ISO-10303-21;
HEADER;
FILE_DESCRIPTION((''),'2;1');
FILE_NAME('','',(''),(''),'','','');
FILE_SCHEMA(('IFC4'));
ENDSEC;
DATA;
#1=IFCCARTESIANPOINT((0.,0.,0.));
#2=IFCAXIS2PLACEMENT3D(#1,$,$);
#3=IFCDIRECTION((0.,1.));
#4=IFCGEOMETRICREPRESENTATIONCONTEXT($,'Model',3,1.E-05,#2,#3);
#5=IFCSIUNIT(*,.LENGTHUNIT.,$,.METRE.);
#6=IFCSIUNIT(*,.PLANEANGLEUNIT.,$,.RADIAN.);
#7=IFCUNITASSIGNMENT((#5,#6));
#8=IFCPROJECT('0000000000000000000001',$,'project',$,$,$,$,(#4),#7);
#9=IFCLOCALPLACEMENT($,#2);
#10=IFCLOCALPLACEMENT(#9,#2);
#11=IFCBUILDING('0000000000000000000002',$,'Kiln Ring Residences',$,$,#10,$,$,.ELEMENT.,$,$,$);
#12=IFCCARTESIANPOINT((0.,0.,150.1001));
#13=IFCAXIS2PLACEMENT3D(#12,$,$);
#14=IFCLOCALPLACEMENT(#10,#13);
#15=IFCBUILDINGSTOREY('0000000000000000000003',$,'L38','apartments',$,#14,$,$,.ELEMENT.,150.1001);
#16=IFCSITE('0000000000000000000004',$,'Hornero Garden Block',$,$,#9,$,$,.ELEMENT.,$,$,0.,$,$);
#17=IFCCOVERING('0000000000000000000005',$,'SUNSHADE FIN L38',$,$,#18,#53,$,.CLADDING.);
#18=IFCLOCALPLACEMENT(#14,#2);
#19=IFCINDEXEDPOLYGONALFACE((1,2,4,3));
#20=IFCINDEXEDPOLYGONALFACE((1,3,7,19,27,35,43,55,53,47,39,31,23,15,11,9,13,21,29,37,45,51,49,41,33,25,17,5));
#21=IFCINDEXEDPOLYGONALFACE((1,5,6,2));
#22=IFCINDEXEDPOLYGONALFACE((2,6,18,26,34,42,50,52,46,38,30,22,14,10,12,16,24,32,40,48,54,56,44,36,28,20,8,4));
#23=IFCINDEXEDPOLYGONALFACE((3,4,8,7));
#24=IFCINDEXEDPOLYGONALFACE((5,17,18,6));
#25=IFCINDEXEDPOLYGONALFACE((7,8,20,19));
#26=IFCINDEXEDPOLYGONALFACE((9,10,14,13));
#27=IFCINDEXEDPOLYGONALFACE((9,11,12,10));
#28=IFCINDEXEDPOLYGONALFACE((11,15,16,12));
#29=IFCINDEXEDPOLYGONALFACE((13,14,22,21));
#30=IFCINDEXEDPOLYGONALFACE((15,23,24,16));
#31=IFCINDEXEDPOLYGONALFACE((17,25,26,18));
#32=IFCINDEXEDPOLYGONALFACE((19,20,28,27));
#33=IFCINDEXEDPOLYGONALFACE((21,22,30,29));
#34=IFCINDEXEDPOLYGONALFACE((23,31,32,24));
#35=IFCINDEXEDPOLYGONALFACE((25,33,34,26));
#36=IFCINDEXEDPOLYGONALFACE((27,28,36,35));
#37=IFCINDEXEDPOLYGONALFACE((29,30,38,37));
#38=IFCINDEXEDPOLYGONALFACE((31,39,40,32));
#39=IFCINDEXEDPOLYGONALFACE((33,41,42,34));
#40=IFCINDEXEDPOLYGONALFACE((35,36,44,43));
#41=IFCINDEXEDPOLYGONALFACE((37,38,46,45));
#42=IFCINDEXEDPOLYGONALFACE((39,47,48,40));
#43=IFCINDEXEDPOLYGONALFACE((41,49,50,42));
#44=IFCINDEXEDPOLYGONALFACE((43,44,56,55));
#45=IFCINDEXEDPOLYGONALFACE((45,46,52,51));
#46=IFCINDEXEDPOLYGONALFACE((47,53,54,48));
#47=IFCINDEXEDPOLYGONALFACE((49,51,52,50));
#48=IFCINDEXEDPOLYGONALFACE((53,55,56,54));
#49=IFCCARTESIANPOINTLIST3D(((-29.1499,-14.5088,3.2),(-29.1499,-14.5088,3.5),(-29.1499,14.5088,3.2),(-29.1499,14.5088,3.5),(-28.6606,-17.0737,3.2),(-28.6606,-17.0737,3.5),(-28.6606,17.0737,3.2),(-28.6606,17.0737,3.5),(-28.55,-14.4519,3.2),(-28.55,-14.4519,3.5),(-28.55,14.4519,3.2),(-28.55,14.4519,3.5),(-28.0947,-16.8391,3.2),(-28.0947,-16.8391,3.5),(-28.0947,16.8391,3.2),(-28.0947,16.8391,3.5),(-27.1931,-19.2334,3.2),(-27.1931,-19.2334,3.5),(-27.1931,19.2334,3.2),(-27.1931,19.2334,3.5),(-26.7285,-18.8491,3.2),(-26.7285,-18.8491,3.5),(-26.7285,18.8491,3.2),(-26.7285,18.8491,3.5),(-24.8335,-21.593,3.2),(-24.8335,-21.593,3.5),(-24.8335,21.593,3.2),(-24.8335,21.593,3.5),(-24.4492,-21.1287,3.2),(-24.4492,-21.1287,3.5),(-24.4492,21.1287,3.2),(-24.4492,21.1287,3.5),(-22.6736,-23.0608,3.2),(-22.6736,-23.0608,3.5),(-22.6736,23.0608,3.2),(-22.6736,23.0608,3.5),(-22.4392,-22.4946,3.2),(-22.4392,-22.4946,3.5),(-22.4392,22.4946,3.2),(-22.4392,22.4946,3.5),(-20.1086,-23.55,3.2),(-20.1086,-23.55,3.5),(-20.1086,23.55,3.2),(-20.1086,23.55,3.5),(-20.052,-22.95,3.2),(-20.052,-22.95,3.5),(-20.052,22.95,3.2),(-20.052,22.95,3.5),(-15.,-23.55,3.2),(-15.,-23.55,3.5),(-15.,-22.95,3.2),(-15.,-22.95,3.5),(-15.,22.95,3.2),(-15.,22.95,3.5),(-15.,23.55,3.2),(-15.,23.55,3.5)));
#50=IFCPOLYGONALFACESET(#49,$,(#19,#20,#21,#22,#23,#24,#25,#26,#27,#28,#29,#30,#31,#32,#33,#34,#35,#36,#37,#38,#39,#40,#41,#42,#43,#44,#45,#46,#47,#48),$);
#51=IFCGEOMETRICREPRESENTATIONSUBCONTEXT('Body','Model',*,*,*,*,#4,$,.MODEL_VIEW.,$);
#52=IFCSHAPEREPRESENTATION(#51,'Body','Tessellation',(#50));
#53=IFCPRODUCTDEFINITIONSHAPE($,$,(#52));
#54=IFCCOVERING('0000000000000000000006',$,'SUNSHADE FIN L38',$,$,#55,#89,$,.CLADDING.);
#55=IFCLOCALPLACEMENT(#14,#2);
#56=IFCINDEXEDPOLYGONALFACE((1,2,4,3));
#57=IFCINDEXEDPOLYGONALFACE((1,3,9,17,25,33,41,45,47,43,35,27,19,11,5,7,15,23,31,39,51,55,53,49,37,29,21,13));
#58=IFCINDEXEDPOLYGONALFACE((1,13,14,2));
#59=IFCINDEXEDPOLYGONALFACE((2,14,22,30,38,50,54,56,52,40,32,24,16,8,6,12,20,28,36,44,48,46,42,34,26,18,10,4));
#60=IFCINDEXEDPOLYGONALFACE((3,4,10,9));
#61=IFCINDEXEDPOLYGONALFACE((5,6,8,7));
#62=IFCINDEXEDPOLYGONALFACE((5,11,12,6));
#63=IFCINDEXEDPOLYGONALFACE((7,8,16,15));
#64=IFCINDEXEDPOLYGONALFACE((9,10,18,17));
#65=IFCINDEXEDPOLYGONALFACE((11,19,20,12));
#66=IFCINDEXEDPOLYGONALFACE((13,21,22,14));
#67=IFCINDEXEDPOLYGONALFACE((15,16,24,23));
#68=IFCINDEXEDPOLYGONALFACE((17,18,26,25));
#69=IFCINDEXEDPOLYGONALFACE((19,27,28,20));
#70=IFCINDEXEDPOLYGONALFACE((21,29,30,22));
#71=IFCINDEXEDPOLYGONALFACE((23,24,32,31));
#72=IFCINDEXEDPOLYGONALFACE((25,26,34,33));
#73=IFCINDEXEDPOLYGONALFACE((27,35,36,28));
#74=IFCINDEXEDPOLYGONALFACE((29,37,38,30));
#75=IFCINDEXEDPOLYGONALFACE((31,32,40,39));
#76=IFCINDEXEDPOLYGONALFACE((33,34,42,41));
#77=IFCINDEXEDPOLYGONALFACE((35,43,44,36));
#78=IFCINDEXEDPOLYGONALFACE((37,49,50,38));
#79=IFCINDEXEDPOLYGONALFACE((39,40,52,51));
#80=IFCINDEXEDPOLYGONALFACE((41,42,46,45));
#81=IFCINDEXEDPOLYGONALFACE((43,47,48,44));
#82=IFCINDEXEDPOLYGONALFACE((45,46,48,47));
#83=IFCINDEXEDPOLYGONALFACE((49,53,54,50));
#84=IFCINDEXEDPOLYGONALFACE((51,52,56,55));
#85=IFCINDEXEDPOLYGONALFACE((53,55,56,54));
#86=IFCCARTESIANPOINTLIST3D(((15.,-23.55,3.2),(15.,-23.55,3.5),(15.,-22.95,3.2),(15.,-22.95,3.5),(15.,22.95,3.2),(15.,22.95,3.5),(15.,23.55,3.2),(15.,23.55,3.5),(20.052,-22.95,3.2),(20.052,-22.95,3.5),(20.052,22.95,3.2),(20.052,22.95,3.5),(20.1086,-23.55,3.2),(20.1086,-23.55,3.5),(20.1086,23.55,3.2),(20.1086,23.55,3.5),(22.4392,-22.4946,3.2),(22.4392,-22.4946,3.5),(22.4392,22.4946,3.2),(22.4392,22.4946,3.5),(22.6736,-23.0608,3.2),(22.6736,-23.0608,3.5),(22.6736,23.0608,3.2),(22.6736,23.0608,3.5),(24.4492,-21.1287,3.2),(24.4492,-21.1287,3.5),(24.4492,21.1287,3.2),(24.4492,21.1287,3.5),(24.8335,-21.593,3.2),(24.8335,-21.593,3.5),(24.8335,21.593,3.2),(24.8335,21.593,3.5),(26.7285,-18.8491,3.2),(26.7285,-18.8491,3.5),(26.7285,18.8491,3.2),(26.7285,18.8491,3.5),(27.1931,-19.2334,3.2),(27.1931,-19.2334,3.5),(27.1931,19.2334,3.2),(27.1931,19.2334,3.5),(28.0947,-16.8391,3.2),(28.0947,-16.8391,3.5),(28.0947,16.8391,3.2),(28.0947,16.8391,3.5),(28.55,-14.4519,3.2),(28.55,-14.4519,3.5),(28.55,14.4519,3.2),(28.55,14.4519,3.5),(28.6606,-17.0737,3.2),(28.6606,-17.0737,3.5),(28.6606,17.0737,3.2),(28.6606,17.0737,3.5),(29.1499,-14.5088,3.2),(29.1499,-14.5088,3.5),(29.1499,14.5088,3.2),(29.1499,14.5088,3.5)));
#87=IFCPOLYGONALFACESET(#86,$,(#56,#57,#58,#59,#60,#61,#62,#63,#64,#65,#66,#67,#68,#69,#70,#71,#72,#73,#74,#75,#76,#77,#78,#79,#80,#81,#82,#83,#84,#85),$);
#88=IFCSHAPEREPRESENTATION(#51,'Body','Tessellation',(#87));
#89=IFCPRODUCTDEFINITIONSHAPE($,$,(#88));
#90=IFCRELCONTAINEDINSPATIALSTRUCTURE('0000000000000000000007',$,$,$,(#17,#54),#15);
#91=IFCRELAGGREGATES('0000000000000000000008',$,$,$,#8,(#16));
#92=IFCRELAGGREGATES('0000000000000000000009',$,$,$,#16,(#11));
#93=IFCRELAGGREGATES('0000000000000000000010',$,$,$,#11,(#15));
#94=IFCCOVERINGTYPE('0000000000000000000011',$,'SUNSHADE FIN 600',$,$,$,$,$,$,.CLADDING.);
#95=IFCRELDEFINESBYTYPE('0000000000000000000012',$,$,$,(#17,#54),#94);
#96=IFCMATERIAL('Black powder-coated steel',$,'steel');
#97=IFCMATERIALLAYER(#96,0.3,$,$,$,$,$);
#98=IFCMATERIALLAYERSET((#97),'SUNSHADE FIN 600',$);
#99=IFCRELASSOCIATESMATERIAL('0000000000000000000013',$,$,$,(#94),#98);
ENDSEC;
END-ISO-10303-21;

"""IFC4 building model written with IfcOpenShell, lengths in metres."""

from ifc_helpers import new_model, si_unit, direction, frame, origin, place, context, subcontext, project, spatial, polyline, outline, extrude, material, layer, layer_set, type_object, element, save


model = new_model("IFC4")

# Units and contexts
model_context = context("Model", 3, precision=1e-05, world=origin(), true_north=direction((0.0, 1.0)))
body_context = subcontext(model_context, "Body", "Model", "MODEL_VIEW")
ifc_project = project(units=[si_unit("LENGTHUNIT", "METRE"), si_unit("PLANEANGLEUNIT", "RADIAN")], contexts=[model_context])

# Site, building, storey
site_placement = place(None, origin())
site = spatial("IfcSite", under=ifc_project, at=site_placement, Name="Hornero Garden Block", CompositionType="ELEMENT", RefElevation=0.0)
building_placement = place(site_placement, origin())
building = spatial("IfcBuilding", under=site, at=building_placement, Name="Kiln Ring Residences", CompositionType="ELEMENT")
storey_placement = place(building_placement, frame((0.0, 0.0, 150.1001)))
storey = spatial("IfcBuildingStorey", under=building, at=storey_placement, Name="L38", Description="apartments", CompositionType="ELEMENT", Elevation=150.1001)

# Coverings
placement = place(storey_placement, frame((0.0, 0.0, 3.2)))
ifc_material_1 = material(Name="Black powder-coated steel", Category="steel")
ifc_layer_1 = layer(ifc_material_1, 0.3)
ifc_layer_set_1 = layer_set([ifc_layer_1], Name="SUNSHADE FIN 600")
covering_type_1 = type_object("IfcCoveringType", Name="SUNSHADE FIN 600", PredefinedType="CLADDING", material=ifc_layer_set_1)
element("IfcCovering", 1, at=placement, inside=storey, type_object=covering_type_1, Name="SUNSHADE FIN L38", PredefinedType="CLADDING", context=body_context, shape_type="SweptSolid", body=[
    extrude(outline(polyline([(-29.1499, -14.5088), (-28.6606, -17.0737), (-27.1931, -19.2334), (-24.8335, -21.593), (-22.6736, -23.0608), (-20.1086, -23.55), (-15.0, -23.55), (-15.0, -22.95), (-20.052, -22.95), (-22.4392, -22.4946), (-24.4492, -21.1287), (-26.7285, -18.8491), (-28.0947, -16.8391), (-28.55, -14.4519), (-28.55, 14.4519), (-28.0947, 16.8391), (-26.7285, 18.8491), (-24.4492, 21.1287), (-22.4392, 22.4946), (-20.052, 22.95), (-15.0, 22.95), (-15.0, 23.55), (-20.1086, 23.55), (-22.6736, 23.0608), (-24.8335, 21.593), (-27.1931, 19.2334), (-28.6606, 17.0737), (-29.1499, 14.5088), (-29.1499, -14.5088)])), origin(), (0.0, 0.0, 1.0), 0.3),
])
element("IfcCovering", 2, at=placement, inside=storey, type_object=covering_type_1, Name="SUNSHADE FIN L38", PredefinedType="CLADDING", context=body_context, shape_type="SweptSolid", body=[
    extrude(outline(polyline([(20.1086, 23.55), (15.0, 23.55), (15.0, 22.95), (20.052, 22.95), (22.4392, 22.4946), (24.4492, 21.1287), (26.7285, 18.8491), (28.0947, 16.8391), (28.55, 14.4519), (28.55, -14.4519), (28.0947, -16.8391), (26.7285, -18.8491), (24.4492, -21.1287), (22.4392, -22.4946), (20.052, -22.95), (15.0, -22.95), (15.0, -23.55), (20.1086, -23.55), (22.6736, -23.0608), (24.8335, -21.593), (27.1931, -19.2334), (28.6606, -17.0737), (29.1499, -14.5088), (29.1499, 14.5088), (28.6606, 17.0737), (27.1931, 19.2334), (24.8335, 21.593), (22.6736, 23.0608), (20.1086, 23.55)])), origin(), (0.0, 0.0, 1.0), 0.3),
])

save(model, "model.ifc")
